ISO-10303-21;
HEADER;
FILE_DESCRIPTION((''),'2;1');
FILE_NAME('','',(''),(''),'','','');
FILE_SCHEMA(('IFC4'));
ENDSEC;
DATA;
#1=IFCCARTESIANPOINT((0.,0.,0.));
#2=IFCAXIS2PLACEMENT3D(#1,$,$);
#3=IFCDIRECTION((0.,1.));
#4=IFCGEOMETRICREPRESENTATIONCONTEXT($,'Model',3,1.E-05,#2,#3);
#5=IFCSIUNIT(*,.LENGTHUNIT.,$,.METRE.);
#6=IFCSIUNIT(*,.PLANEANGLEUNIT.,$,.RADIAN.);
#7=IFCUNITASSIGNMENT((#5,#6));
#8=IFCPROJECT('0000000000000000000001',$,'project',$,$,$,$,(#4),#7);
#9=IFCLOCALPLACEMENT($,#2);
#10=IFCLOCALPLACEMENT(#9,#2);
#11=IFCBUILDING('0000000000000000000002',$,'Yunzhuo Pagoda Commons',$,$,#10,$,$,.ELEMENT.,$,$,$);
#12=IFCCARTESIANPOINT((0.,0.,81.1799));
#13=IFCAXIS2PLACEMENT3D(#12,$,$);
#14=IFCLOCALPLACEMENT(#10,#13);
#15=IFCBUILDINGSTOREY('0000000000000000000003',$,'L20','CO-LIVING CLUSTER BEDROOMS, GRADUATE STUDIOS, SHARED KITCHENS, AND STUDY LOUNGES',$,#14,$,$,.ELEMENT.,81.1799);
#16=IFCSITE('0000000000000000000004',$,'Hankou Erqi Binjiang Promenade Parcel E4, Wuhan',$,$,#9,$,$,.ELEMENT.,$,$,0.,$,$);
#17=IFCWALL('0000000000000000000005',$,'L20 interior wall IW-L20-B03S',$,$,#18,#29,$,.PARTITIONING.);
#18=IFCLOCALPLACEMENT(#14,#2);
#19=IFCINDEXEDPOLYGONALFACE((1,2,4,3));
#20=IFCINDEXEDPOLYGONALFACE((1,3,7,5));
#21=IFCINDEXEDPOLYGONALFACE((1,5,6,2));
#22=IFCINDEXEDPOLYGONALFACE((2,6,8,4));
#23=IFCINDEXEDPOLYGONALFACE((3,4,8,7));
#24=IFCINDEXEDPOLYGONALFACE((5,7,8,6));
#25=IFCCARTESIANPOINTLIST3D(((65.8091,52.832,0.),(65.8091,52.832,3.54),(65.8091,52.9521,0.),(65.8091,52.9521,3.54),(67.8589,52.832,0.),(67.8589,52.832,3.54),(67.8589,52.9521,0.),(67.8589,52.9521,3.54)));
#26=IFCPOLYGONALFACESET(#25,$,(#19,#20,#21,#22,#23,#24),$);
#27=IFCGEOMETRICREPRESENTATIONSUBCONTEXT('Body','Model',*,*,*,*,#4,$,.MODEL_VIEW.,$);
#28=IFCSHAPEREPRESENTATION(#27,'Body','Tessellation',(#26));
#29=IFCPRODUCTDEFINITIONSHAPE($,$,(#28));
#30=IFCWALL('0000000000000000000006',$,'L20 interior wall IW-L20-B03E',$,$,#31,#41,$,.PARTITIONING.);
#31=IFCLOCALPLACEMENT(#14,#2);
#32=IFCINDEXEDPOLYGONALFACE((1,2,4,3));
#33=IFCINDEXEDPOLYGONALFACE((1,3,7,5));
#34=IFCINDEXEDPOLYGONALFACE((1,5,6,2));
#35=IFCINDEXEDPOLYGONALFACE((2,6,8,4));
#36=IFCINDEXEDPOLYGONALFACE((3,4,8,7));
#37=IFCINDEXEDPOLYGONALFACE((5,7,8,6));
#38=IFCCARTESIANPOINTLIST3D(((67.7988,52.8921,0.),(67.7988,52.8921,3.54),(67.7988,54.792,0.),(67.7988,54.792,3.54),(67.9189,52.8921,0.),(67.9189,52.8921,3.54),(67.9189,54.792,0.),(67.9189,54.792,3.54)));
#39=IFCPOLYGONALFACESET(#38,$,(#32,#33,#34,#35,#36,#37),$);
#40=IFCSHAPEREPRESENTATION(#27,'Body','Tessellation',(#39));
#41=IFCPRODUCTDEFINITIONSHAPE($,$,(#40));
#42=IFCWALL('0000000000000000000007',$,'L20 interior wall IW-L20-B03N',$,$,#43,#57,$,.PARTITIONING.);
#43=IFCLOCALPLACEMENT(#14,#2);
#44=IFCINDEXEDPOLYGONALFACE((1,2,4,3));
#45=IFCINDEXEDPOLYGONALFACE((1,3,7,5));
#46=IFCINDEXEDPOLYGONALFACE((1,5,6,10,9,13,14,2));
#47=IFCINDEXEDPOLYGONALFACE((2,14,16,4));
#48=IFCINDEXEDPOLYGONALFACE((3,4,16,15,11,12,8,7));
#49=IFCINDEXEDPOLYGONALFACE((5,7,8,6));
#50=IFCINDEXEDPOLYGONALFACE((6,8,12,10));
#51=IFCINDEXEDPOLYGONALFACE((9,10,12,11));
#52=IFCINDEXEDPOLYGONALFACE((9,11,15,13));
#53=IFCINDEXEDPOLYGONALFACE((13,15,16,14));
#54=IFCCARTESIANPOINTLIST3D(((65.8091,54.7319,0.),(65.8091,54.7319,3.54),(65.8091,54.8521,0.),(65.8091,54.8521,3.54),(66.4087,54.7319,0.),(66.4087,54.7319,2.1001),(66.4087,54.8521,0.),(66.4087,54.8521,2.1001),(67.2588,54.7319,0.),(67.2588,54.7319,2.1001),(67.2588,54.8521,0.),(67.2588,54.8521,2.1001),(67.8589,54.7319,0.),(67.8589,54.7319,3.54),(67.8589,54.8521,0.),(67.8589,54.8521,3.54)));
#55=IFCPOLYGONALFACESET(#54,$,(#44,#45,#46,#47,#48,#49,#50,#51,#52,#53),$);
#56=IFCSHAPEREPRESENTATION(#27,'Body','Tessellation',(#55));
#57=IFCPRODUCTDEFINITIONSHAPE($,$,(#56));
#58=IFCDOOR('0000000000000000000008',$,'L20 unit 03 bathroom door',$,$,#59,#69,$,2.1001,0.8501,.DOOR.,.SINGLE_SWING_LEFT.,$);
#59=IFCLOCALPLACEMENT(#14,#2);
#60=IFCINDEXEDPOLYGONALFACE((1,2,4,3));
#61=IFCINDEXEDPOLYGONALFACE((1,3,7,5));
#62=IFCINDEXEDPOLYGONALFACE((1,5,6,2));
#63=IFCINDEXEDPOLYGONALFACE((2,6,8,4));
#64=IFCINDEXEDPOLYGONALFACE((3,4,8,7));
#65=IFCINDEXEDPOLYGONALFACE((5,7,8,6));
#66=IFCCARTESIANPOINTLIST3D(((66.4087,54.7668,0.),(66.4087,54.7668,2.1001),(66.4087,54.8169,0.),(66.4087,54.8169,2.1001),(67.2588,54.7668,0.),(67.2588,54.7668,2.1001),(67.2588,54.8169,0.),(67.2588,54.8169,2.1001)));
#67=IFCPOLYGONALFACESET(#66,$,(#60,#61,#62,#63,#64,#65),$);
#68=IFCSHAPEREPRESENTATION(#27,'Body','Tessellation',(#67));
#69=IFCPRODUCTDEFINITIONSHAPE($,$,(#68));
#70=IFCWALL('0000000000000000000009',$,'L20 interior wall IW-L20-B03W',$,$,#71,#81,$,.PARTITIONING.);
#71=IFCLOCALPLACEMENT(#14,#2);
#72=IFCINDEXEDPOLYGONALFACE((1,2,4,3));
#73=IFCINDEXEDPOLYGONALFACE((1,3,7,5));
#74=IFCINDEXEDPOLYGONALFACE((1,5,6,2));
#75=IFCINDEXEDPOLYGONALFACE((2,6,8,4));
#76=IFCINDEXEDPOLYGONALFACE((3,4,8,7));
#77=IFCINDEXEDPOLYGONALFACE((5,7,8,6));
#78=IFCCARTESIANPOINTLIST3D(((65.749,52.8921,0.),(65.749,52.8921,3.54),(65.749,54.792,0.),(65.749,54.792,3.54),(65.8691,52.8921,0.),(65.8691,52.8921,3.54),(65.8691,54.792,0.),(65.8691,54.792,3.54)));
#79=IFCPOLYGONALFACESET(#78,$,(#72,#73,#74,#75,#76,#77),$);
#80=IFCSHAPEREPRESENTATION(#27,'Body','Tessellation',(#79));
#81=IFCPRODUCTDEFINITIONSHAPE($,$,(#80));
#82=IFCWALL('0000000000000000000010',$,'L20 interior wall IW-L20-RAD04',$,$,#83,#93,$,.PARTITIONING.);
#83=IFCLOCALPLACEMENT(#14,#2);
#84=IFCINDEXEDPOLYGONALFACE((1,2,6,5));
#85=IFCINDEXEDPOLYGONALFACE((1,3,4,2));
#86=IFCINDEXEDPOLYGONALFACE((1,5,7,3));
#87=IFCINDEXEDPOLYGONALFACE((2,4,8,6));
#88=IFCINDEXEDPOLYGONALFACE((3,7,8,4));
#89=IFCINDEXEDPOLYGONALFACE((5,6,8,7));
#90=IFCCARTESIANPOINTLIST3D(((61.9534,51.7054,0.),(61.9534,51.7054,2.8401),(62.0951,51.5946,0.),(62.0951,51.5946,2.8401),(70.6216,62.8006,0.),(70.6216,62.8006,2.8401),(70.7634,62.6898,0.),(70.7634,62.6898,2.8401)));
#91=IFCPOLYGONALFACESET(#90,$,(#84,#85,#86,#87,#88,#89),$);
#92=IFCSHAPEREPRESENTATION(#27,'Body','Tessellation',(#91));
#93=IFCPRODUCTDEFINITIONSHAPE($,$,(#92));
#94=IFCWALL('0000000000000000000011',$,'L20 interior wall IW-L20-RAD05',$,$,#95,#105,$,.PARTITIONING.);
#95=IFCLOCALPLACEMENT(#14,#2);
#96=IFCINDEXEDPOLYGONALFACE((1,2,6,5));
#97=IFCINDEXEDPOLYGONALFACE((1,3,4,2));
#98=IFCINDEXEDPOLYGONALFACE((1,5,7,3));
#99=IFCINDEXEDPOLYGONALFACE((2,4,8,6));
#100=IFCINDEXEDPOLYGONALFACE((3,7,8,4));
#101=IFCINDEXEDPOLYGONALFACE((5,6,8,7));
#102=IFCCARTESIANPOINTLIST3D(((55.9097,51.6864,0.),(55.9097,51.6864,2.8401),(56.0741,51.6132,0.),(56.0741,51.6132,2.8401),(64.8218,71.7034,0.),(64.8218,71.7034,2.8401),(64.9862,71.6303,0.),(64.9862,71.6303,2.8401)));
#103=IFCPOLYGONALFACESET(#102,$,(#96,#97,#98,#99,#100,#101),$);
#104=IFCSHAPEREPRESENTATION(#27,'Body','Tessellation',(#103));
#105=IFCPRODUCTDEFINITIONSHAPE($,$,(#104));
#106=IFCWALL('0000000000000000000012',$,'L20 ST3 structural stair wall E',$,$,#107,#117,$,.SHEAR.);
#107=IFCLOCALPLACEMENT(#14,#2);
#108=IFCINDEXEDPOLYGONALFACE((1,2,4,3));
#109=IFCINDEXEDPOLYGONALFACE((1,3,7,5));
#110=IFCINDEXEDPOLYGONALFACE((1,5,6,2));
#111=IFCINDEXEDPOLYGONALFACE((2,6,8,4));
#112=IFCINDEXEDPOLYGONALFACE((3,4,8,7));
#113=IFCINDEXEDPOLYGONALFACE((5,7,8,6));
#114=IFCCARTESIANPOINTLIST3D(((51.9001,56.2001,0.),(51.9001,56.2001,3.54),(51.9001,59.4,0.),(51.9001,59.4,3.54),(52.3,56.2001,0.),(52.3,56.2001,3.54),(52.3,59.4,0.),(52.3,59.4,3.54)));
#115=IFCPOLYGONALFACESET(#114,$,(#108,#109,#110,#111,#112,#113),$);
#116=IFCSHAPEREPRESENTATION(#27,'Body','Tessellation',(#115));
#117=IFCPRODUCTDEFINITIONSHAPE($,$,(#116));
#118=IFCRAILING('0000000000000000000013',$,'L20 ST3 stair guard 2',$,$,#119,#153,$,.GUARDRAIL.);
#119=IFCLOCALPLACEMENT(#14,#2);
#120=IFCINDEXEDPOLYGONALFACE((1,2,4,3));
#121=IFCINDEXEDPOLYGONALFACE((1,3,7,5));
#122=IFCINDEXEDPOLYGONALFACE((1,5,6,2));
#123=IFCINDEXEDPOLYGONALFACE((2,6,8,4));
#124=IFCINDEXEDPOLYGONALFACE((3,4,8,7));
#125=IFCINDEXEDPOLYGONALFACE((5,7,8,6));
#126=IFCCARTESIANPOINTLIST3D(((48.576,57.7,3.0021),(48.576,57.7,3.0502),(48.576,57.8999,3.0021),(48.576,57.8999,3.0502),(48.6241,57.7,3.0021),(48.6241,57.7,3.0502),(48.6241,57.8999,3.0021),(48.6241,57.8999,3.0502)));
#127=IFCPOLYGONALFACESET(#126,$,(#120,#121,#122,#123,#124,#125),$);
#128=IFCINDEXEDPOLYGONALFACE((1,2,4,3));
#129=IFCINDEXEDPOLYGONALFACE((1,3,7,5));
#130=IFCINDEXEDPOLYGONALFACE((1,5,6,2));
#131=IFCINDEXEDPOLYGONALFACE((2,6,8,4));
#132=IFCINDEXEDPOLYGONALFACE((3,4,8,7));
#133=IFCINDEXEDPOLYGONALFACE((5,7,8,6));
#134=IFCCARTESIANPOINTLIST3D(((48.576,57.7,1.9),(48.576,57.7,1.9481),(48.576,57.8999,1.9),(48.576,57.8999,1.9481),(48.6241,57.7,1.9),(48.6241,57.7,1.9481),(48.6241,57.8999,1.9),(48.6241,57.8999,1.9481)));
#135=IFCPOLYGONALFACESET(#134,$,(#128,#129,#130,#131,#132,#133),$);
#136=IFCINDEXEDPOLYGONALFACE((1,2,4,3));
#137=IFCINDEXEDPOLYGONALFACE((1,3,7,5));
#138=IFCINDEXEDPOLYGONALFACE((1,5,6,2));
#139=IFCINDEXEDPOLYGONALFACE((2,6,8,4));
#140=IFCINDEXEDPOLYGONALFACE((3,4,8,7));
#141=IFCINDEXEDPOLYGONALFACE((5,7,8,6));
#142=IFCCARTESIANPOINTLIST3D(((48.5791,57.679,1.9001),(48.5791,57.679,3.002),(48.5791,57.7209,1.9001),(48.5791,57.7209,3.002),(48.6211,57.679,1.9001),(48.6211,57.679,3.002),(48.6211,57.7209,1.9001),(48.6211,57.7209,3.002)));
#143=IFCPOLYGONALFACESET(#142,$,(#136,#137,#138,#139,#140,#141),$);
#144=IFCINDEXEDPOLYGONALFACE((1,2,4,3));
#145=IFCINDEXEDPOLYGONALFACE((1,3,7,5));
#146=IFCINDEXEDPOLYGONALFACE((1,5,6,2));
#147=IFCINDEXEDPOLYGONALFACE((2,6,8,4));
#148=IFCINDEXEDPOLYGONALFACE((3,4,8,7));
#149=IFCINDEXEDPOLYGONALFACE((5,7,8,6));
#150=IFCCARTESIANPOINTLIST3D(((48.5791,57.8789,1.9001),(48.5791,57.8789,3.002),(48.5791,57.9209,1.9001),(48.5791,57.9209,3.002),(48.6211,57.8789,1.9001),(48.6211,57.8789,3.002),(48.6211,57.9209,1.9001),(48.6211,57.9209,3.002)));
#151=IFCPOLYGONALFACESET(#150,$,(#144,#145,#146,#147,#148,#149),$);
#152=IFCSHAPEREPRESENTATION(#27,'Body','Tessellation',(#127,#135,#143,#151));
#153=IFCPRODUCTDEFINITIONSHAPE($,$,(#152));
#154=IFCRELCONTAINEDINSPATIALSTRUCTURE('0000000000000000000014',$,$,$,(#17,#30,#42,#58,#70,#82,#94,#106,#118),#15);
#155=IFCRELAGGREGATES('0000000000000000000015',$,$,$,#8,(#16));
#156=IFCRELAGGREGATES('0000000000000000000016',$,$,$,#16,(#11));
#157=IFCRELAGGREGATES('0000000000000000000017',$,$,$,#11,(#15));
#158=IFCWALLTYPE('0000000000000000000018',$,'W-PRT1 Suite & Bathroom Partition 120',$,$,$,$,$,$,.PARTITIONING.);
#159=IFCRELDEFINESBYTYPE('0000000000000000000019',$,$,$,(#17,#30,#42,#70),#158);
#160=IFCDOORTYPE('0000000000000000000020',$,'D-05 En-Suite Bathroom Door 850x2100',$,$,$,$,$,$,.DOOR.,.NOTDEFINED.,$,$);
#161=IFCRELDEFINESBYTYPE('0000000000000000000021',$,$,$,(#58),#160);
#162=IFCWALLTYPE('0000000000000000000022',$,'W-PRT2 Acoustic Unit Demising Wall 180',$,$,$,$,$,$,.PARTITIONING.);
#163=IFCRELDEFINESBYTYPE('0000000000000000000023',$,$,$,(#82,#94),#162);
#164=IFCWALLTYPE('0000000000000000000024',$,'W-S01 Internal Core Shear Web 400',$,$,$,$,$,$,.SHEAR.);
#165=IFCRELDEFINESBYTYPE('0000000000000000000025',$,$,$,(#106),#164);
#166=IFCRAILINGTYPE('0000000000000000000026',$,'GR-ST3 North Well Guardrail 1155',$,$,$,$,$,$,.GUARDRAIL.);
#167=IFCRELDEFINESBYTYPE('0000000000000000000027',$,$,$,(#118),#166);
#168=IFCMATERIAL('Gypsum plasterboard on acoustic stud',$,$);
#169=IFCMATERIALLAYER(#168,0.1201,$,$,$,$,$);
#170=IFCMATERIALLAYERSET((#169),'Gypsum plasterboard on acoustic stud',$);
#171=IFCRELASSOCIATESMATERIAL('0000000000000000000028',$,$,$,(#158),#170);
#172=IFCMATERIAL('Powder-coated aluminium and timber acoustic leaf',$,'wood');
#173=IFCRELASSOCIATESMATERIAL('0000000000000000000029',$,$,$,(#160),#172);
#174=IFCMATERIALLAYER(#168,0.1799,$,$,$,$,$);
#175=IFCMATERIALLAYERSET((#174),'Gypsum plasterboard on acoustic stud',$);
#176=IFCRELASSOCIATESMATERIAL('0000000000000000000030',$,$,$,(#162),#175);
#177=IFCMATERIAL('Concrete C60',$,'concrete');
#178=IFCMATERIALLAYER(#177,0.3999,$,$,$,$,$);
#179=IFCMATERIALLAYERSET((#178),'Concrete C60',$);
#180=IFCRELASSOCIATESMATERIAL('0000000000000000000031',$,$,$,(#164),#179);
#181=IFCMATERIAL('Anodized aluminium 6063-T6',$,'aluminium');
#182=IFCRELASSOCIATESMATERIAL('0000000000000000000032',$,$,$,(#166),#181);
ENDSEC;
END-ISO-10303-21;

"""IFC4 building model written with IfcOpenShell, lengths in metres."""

from ifc_helpers import new_model, si_unit, direction, frame, frame_2d, origin, origin_2d, place, context, subcontext, project, spatial, rectangle, extrude, source, transform, mapped, material, layer, layer_set, type_object, element, fill, save


model = new_model("IFC4")

# Units and contexts
model_context = context("Model", 3, precision=1e-05, world=origin(), true_north=direction((0.0, 1.0)))
body_context = subcontext(model_context, "Body", "Model", "MODEL_VIEW")
ifc_project = project(units=[si_unit("LENGTHUNIT", "METRE"), si_unit("PLANEANGLEUNIT", "RADIAN")], contexts=[model_context])

# Site, building, storey
site_placement = place(None, origin())
site = spatial("IfcSite", under=ifc_project, at=site_placement, Name="Hankou Erqi Binjiang Promenade Parcel E4, Wuhan", CompositionType="ELEMENT", RefElevation=0.0)
building_placement = place(site_placement, origin())
building = spatial("IfcBuilding", under=site, at=building_placement, Name="Yunzhuo Pagoda Commons", CompositionType="ELEMENT")
storey_placement = place(building_placement, frame((0.0, 0.0, 81.1799)))
storey = spatial("IfcBuildingStorey", under=building, at=storey_placement, Name="L20", Description="CO-LIVING CLUSTER BEDROOMS, GRADUATE STUDIOS, SHARED KITCHENS, AND STUDY LOUNGES", CompositionType="ELEMENT", Elevation=81.1799)

# Shared definitions
ifc_material_1 = material(Name="Anodized aluminium 6063-T6", Category="aluminium")

# Shared definitions
ifc_material_2 = material(Name="Gypsum plasterboard on acoustic stud")

# Walls
ifc_layer_1 = layer(ifc_material_2, 0.1201)
ifc_layer_set_1 = layer_set([ifc_layer_1], Name="Gypsum plasterboard on acoustic stud")
wall_type_1 = type_object("IfcWallType", Name="W-PRT1 Suite & Bathroom Partition 120", PredefinedType="PARTITIONING", material=ifc_layer_set_1)
wall_1_placement = place(storey_placement, frame((65.8091, 52.8921, 0.0), z_axis=(0.0, 0.0, 1.0), x_axis=(1.0, 0.0, 0.0)))
element("IfcWall", 1, at=wall_1_placement, inside=storey, type_object=wall_type_1, Name="L20 interior wall IW-L20-B03S", PredefinedType="PARTITIONING", context=body_context, shape_type="SweptSolid", body=[
    extrude(rectangle(XDim=2.0498, YDim=0.1201, at=frame_2d((1.0249, 0.0))), origin(), (0.0, 0.0, 1.0), 3.54),
])
wall_2_placement = place(storey_placement, frame((67.8589, 52.8921, 0.0), z_axis=(0.0, 0.0, 1.0), x_axis=(0.0, 1.0, 0.0)))
element("IfcWall", 2, at=wall_2_placement, inside=storey, type_object=wall_type_1, Name="L20 interior wall IW-L20-B03E", PredefinedType="PARTITIONING", context=body_context, shape_type="SweptSolid", body=[
    extrude(rectangle(XDim=1.8999, YDim=0.1201, at=frame_2d((0.95, 0.0))), origin(), (0.0, 0.0, 1.0), 3.54),
])

# Wall, opening, door
wall_3_placement = place(storey_placement, frame((67.8589, 54.792, 0.0), z_axis=(0.0, 0.0, 1.0), x_axis=(-1.0, 0.0, 0.0)))
wall_3 = element("IfcWall", 3, at=wall_3_placement, inside=storey, type_object=wall_type_1, Name="L20 interior wall IW-L20-B03N", PredefinedType="PARTITIONING", context=body_context, shape_type="SweptSolid", body=[
    extrude(rectangle(XDim=2.0498, YDim=0.1201, at=frame_2d((1.0249, 0.0))), origin(), (0.0, 0.0, 1.0), 3.54),
])
opening_1_placement = place(wall_3_placement, frame((0.6001, 0.0, 0.0)))
opening_1 = element("IfcOpeningElement", 4, at=opening_1_placement, cuts=wall_3, PredefinedType="OPENING", context=body_context, shape_type="SweptSolid", body=[
    extrude(rectangle(XDim=0.8501, YDim=2.1001, at=frame_2d((0.425, 1.05))), frame((0.0, 0.0701, 0.0), z_axis=(0.0, -1.0, 0.0), x_axis=(1.0, 0.0, 0.0)), (0.0, 0.0, 1.0), 0.1401),
])
ifc_material_3 = material(Name="Powder-coated aluminium and timber acoustic leaf", Category="wood")
door_type_1 = type_object("IfcDoorType", Name="D-05 En-Suite Bathroom Door 850x2100", OperationType="NOTDEFINED", PredefinedType="DOOR", material=ifc_material_3)
shared_shape_1 = source(origin(), body_context, "Body", "SweptSolid", [
    extrude(rectangle(XDim=0.8501, YDim=2.1001, at=frame_2d((0.425, 1.05))), frame((0.0, 0.0249, 0.0), z_axis=(0.0, -1.0, 0.0), x_axis=(1.0, 0.0, 0.0)), (0.0, 0.0, 1.0), 0.05),
])
door_1_placement = place(opening_1_placement, frame((0.8501, 0.0, 0.0), z_axis=(0.0, 0.0, 1.0), x_axis=(-1.0, 0.0, 0.0)))
door_1 = element("IfcDoor", 5, at=door_1_placement, inside=storey, type_object=door_type_1, Name="L20 unit 03 bathroom door", OperationType="SINGLE_SWING_LEFT", OverallHeight=2.1001, OverallWidth=0.8501, PredefinedType="DOOR", context=body_context, shape_type="MappedRepresentation", body=[
    mapped(shared_shape_1, transform((0.0, 0.0, 0.0), scale=1.0)),
])
fill(opening_1, door_1)

# Walls
wall_4_placement = place(storey_placement, frame((65.8091, 54.792, 0.0), z_axis=(0.0, 0.0, 1.0), x_axis=(0.0, -1.0, 0.0)))
element("IfcWall", 6, at=wall_4_placement, inside=storey, type_object=wall_type_1, Name="L20 interior wall IW-L20-B03W", PredefinedType="PARTITIONING", context=body_context, shape_type="SweptSolid", body=[
    extrude(rectangle(XDim=1.8999, YDim=0.1201, at=frame_2d((0.95, 0.0))), origin(), (0.0, 0.0, 1.0), 3.54),
])
ifc_layer_2 = layer(ifc_material_2, 0.1799)
ifc_layer_set_2 = layer_set([ifc_layer_2], Name="Gypsum plasterboard on acoustic stud")
wall_type_2 = type_object("IfcWallType", Name="W-PRT2 Acoustic Unit Demising Wall 180", PredefinedType="PARTITIONING", material=ifc_layer_set_2)
wall_5_placement = place(storey_placement, frame((62.0242, 51.6499, 0.0), z_axis=(0.0, 0.0, 1.0), x_axis=(0.615647, 0.788022, 0.0)))
element("IfcWall", 7, at=wall_5_placement, inside=storey, type_object=wall_type_2, Name="L20 interior wall IW-L20-RAD04", PredefinedType="PARTITIONING", context=body_context, shape_type="SweptSolid", body=[
    extrude(rectangle(XDim=14.0798, YDim=0.1799, at=frame_2d((7.04, 0.0))), origin(), (0.0, 0.0, 1.0), 2.8401),
])
wall_6_placement = place(storey_placement, frame((55.9919, 51.6499, 0.0), z_axis=(0.0, 0.0, 1.0), x_axis=(0.406734, 0.913547, 0.0)))
element("IfcWall", 8, at=wall_6_placement, inside=storey, type_object=wall_type_2, Name="L20 interior wall IW-L20-RAD05", PredefinedType="PARTITIONING", context=body_context, shape_type="SweptSolid", body=[
    extrude(rectangle(XDim=21.9114, YDim=0.1799, at=frame_2d((10.9556, 0.0))), origin(), (0.0, 0.0, 1.0), 2.8401),
])
ifc_material_4 = material(Name="Concrete C60", Category="concrete")
ifc_layer_3 = layer(ifc_material_4, 0.3999)
ifc_layer_set_3 = layer_set([ifc_layer_3], Name="Concrete C60")
wall_type_3 = type_object("IfcWallType", Name="W-S01 Internal Core Shear Web 400", PredefinedType="SHEAR", material=ifc_layer_set_3)
wall_7_placement = place(storey_placement, frame((52.1001, 56.2, 0.0), z_axis=(0.0, 0.0, 1.0), x_axis=(0.0, 1.0, 0.0)))
element("IfcWall", 9, at=wall_7_placement, inside=storey, type_object=wall_type_3, Name="L20 ST3 structural stair wall E", PredefinedType="SHEAR", context=body_context, shape_type="SweptSolid", body=[
    extrude(rectangle(XDim=3.2, YDim=0.3999, at=frame_2d((1.6001, 0.0))), origin(), (0.0, 0.0, 1.0), 3.54),
])

# Railing
railing_type = type_object("IfcRailingType", Name="GR-ST3 North Well Guardrail 1155", PredefinedType="GUARDRAIL", material=ifc_material_1)
railing_placement = place(storey_placement, frame((48.6001, 57.7, 1.9001)))
element("IfcRailing", 10, at=railing_placement, inside=storey, type_object=railing_type, Name="L20 ST3 stair guard 2", PredefinedType="GUARDRAIL", context=body_context, shape_type="SweptSolid", body=[
    extrude(rectangle(XDim=0.0481, YDim=0.0481, at=origin_2d()), frame((0.0, 0.0, 1.126), z_axis=(0.0, 1.0, 0.0), x_axis=(-1.0, 0.0, 0.0)), (0.0, 0.0, 1.0), 0.2),
    extrude(rectangle(XDim=0.0481, YDim=0.0481, at=origin_2d()), frame((0.0, 0.0, 0.0239), z_axis=(0.0, 1.0, 0.0), x_axis=(-1.0, 0.0, 0.0)), (0.0, 0.0, 1.0), 0.2),
    extrude(rectangle(XDim=0.042, YDim=0.042, at=origin_2d()), origin(), (0.0, 0.0, 1.0), 1.1018),
    extrude(rectangle(XDim=0.042, YDim=0.042, at=origin_2d()), frame((0.0, 0.2, 0.0)), (0.0, 0.0, 1.0), 1.1018),
])

save(model, "model.ifc")
